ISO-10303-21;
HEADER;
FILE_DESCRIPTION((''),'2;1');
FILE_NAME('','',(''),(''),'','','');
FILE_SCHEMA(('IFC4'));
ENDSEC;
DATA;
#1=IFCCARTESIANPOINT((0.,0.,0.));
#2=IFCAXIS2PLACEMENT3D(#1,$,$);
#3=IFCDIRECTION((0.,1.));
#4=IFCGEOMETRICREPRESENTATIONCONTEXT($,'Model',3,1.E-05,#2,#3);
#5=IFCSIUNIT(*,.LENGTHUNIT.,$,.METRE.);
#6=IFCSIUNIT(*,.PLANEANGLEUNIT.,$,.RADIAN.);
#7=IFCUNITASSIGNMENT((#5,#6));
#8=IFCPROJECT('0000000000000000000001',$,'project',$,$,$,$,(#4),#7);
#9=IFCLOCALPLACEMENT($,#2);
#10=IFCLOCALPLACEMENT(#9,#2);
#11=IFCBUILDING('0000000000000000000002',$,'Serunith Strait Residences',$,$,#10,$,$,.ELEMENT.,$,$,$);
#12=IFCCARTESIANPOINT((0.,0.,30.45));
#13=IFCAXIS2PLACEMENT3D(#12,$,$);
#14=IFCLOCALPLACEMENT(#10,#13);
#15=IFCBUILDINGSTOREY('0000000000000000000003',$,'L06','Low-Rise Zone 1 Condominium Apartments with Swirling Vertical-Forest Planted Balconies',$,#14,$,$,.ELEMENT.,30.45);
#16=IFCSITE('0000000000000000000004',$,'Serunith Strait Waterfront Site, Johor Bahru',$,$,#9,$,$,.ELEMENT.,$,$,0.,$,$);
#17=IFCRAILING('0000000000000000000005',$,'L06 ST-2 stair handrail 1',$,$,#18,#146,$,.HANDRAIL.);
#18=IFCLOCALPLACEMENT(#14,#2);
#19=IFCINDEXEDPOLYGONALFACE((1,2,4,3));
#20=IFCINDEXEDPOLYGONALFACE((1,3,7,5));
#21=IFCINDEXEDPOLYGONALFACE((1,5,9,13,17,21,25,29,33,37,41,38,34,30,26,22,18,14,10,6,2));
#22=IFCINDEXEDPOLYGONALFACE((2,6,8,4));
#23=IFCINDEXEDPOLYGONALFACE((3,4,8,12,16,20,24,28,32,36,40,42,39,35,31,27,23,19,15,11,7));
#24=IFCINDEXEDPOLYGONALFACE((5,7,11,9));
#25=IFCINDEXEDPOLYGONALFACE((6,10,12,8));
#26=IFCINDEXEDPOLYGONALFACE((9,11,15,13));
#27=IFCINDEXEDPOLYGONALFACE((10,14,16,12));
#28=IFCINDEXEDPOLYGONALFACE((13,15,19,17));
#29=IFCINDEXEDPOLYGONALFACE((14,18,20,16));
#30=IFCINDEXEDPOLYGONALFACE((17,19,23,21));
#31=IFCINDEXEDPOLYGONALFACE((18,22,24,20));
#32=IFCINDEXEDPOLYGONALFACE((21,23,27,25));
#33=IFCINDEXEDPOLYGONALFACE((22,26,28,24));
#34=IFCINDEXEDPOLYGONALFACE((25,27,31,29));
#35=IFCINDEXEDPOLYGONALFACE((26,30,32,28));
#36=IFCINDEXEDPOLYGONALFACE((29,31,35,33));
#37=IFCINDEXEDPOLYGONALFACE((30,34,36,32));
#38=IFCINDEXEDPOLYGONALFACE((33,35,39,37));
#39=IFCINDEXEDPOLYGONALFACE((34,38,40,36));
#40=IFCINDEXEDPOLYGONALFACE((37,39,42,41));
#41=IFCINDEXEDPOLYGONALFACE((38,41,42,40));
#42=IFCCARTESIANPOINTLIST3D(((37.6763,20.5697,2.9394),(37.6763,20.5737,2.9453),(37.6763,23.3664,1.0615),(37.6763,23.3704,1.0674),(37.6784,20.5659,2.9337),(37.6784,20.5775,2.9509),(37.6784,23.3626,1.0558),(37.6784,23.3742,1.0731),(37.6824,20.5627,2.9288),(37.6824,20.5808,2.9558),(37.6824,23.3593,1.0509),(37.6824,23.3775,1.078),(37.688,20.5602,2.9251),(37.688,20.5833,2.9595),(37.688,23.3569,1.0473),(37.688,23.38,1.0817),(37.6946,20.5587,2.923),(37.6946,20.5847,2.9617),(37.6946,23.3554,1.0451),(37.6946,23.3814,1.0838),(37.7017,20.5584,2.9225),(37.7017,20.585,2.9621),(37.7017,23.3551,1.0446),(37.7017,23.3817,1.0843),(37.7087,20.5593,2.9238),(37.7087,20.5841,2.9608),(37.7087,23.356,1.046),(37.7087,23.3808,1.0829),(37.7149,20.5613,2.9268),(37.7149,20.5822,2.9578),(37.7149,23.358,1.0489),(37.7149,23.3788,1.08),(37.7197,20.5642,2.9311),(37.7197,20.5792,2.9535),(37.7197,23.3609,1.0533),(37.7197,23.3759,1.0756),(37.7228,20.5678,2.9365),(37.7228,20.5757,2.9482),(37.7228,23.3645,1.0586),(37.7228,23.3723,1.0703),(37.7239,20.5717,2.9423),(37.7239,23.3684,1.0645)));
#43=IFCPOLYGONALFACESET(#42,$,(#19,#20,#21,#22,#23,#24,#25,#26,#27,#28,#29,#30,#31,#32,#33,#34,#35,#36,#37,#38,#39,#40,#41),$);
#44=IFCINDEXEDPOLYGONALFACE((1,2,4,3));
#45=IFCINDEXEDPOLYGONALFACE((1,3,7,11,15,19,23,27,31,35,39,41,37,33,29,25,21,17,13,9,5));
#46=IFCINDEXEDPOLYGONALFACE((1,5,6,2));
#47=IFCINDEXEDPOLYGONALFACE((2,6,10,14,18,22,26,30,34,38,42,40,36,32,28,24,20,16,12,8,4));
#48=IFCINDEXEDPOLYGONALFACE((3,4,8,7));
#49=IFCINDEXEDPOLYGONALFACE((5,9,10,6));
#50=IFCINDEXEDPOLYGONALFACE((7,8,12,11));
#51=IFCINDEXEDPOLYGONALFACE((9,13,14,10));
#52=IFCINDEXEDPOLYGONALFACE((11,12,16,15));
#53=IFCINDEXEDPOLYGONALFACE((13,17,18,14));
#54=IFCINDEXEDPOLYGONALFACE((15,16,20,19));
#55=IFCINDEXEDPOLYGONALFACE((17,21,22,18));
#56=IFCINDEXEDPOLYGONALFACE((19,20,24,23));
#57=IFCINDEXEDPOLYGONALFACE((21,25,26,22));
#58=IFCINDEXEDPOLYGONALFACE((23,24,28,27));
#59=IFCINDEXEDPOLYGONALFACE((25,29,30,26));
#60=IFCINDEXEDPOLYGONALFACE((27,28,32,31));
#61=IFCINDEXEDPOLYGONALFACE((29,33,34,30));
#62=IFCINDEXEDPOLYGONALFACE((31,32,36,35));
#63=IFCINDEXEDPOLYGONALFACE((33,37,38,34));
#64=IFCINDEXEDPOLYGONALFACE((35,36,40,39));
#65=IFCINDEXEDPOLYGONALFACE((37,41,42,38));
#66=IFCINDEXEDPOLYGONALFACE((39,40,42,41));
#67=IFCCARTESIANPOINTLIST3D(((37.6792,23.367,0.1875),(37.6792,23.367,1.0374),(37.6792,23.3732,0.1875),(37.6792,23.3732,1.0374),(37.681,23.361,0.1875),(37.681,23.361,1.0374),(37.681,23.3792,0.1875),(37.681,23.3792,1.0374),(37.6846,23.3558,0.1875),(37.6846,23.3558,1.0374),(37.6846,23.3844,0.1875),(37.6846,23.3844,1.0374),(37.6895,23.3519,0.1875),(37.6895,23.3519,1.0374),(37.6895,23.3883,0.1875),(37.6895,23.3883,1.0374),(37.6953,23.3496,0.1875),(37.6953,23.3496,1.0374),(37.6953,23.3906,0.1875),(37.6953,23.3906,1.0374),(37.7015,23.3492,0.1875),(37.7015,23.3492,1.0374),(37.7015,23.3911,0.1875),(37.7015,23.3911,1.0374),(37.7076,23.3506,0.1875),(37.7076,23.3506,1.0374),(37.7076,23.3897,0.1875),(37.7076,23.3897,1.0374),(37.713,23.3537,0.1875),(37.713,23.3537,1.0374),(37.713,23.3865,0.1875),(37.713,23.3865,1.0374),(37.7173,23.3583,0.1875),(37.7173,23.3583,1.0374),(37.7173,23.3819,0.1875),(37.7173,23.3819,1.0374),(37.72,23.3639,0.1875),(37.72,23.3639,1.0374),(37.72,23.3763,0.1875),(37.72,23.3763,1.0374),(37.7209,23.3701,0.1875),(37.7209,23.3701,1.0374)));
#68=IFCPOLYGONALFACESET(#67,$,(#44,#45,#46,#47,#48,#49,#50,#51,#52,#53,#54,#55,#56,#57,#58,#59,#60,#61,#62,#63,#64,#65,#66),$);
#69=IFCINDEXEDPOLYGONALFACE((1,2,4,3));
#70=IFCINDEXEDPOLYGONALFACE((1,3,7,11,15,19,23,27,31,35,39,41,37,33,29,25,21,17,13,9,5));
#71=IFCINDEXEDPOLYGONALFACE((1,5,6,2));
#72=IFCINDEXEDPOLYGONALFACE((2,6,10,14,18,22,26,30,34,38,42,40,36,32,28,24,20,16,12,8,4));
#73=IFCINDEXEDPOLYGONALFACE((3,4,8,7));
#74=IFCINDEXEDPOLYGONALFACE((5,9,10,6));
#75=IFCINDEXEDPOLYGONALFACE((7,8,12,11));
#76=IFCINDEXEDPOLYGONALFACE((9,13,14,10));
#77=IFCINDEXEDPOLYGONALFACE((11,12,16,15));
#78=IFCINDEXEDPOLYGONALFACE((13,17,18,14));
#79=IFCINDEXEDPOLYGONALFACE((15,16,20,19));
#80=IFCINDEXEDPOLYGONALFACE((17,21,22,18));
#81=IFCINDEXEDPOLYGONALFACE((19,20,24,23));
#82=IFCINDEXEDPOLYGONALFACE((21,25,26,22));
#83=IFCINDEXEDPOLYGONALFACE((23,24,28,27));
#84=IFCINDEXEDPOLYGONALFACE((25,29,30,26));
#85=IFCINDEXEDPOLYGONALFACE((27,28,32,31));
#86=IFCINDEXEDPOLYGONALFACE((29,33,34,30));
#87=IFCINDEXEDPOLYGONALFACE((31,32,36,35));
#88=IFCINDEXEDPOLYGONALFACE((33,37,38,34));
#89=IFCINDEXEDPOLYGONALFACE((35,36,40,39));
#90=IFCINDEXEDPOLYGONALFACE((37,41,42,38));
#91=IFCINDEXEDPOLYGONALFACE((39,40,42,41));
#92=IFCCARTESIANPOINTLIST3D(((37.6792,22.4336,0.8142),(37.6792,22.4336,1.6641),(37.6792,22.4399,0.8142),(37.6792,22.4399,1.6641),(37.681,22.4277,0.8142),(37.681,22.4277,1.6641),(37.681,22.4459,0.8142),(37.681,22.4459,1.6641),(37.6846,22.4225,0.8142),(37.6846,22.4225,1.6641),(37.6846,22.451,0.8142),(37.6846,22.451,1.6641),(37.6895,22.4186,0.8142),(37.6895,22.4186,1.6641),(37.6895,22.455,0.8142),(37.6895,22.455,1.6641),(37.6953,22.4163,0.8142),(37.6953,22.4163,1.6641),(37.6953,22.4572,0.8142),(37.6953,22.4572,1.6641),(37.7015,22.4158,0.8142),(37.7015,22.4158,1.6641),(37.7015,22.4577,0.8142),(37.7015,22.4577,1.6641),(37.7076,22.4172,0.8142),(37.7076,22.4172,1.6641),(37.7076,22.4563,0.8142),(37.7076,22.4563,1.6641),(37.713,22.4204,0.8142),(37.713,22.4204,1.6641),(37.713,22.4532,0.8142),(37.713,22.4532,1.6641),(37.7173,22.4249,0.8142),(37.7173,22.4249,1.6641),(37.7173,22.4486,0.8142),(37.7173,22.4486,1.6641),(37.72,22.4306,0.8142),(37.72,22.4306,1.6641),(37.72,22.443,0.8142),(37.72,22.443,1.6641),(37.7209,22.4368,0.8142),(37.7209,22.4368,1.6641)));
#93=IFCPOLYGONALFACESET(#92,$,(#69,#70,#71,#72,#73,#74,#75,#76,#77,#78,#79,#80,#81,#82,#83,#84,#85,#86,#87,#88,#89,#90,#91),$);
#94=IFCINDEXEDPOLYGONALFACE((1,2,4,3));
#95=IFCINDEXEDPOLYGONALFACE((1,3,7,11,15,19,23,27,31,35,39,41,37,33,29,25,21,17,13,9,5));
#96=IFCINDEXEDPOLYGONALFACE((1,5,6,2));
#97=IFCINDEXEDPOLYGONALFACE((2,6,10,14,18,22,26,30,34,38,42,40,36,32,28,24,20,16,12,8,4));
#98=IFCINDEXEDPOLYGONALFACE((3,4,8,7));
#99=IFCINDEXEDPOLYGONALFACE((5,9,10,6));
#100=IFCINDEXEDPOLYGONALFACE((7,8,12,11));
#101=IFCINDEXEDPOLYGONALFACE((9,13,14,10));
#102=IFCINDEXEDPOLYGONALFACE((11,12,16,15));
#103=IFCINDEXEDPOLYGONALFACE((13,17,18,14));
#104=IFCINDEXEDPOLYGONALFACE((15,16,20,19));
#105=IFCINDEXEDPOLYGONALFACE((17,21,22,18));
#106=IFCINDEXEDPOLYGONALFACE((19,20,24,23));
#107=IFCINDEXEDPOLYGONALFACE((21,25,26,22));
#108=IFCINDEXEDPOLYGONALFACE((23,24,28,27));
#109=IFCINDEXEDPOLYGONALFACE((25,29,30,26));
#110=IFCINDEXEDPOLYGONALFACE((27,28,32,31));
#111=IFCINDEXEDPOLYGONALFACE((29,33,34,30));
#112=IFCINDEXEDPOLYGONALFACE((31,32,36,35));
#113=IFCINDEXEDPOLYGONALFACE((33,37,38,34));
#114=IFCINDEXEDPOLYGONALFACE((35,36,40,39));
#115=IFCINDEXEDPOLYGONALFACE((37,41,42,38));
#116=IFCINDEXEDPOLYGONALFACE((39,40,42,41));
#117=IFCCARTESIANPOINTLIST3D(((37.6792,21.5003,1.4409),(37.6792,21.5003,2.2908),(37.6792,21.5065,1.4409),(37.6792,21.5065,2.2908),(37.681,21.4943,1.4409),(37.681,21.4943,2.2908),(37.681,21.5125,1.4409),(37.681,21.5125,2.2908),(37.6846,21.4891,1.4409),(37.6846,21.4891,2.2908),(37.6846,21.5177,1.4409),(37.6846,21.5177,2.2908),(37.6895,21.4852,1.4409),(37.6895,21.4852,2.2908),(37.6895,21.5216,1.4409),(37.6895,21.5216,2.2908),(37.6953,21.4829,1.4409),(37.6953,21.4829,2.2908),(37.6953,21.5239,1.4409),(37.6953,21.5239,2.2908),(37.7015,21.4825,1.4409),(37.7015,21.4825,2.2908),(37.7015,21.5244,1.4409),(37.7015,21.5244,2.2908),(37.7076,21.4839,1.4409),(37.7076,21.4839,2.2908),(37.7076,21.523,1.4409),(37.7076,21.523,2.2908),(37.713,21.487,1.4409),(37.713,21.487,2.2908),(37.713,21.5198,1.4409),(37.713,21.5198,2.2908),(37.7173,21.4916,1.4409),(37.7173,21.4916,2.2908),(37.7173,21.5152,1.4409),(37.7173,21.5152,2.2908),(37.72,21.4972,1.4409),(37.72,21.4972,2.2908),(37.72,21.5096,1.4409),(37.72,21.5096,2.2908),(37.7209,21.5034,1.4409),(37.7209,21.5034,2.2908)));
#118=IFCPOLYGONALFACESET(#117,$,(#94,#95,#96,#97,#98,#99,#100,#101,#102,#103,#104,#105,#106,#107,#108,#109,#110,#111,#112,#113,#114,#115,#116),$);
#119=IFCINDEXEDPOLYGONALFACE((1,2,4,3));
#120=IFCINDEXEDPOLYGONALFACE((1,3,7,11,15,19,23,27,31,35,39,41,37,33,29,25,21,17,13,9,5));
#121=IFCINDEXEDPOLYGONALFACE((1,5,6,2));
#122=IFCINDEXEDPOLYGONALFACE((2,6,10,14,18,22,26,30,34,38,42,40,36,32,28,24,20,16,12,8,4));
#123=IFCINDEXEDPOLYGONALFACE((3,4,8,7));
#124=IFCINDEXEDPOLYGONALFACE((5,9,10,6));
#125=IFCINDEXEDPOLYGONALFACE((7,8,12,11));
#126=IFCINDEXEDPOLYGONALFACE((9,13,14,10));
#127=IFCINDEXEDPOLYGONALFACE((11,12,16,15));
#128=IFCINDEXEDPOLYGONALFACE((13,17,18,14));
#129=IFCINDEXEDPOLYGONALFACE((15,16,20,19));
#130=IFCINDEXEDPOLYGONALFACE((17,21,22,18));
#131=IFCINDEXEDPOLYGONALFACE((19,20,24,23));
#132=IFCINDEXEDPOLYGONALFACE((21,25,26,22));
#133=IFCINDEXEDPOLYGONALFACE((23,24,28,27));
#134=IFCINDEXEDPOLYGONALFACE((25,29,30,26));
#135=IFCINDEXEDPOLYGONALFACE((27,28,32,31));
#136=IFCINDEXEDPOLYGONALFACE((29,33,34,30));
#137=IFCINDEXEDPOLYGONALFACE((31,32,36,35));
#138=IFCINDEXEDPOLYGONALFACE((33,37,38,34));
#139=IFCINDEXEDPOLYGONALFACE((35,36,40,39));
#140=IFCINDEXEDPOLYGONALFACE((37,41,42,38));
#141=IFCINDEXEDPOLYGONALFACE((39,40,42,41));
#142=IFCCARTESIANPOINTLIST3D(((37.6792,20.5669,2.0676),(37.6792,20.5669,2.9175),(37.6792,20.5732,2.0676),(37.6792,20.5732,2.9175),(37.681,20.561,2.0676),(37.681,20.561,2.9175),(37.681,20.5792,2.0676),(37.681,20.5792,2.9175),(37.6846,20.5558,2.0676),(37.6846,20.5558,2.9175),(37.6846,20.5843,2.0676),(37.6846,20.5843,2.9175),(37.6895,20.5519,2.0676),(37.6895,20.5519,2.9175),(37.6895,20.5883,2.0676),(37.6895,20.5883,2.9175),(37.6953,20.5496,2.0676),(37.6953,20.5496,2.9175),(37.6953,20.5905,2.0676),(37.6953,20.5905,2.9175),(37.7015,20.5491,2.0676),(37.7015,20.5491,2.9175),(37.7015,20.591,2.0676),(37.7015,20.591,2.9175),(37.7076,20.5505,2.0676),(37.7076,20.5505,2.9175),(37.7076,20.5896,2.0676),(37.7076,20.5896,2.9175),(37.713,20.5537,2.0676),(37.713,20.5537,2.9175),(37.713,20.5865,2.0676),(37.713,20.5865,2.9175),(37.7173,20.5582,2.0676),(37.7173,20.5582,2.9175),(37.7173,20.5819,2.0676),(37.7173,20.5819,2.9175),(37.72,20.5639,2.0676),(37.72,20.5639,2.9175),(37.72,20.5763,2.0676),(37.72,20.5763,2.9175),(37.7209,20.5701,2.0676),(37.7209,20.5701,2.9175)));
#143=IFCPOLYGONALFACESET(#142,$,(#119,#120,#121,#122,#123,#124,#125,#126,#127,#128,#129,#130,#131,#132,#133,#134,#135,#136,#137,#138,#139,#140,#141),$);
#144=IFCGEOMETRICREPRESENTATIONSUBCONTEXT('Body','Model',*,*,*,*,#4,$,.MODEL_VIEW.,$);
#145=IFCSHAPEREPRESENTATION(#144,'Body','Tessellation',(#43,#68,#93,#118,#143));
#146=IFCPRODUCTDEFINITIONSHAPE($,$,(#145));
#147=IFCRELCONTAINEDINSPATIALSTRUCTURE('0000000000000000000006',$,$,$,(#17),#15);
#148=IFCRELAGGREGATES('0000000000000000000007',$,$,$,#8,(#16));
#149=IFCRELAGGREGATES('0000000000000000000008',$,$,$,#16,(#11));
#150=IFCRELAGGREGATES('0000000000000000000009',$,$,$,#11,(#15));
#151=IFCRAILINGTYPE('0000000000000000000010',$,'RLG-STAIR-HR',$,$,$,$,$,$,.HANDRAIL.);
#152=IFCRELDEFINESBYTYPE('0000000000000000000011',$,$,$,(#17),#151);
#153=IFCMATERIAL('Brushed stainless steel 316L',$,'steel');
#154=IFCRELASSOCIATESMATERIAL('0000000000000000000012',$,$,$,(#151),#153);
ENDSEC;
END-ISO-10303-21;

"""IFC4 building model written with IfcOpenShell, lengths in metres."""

from ifc_helpers import new_model, si_unit, direction, frame, origin, origin_2d, place, context, subcontext, project, spatial, circle, extrude, material, type_object, element, save


model = new_model("IFC4")

# Units and contexts
model_context = context("Model", 3, precision=1e-05, world=origin(), true_north=direction((0.0, 1.0)))
body_context = subcontext(model_context, "Body", "Model", "MODEL_VIEW")
ifc_project = project(units=[si_unit("LENGTHUNIT", "METRE"), si_unit("PLANEANGLEUNIT", "RADIAN")], contexts=[model_context])

# Site, building, storey
site_placement = place(None, origin())
site = spatial("IfcSite", under=ifc_project, at=site_placement, Name="Serunith Strait Waterfront Site, Johor Bahru", CompositionType="ELEMENT", RefElevation=0.0)
building_placement = place(site_placement, origin())
building = spatial("IfcBuilding", under=site, at=building_placement, Name="Serunith Strait Residences", CompositionType="ELEMENT")
storey_placement = place(building_placement, frame((0.0, 0.0, 30.45)))
storey = spatial("IfcBuildingStorey", under=building, at=storey_placement, Name="L06", Description="Low-Rise Zone 1 Condominium Apartments with Swirling Vertical-Forest Planted Balconies", CompositionType="ELEMENT", Elevation=30.45)

# Railing
ifc_material_1 = material(Name="Brushed stainless steel 316L", Category="steel")
railing_type_1 = type_object("IfcRailingType", Name="RLG-STAIR-HR", PredefinedType="HANDRAIL", material=ifc_material_1)
railing_1_placement = place(storey_placement, frame((37.7, 23.3701, 0.1875)))
element("IfcRailing", 1, at=railing_1_placement, inside=storey, type_object=railing_type_1, Name="L06 ST-2 stair handrail 1", PredefinedType="HANDRAIL", context=body_context, shape_type="SweptSolid", body=[
    extrude(circle(Radius=0.0239, at=origin_2d()), frame((0.0, -0.0017, 0.877), z_axis=(0.0, -0.830208, 0.557453), x_axis=(1.0, 0.0, 0.0)), (0.0, 0.0, 1.0), 3.3687),
    extrude(circle(Radius=0.021, at=origin_2d()), origin(), (0.0, 0.0, 1.0), 0.8499),
    extrude(circle(Radius=0.021, at=origin_2d()), frame((0.0, -0.9333, 0.6267)), (0.0, 0.0, 1.0), 0.8499),
    extrude(circle(Radius=0.021, at=origin_2d()), frame((0.0, -1.8667, 1.2534)), (0.0, 0.0, 1.0), 0.8499),
    extrude(circle(Radius=0.021, at=origin_2d()), frame((0.0, -2.8, 1.8801)), (0.0, 0.0, 1.0), 0.8499),
])

save(model, "model.ifc")
